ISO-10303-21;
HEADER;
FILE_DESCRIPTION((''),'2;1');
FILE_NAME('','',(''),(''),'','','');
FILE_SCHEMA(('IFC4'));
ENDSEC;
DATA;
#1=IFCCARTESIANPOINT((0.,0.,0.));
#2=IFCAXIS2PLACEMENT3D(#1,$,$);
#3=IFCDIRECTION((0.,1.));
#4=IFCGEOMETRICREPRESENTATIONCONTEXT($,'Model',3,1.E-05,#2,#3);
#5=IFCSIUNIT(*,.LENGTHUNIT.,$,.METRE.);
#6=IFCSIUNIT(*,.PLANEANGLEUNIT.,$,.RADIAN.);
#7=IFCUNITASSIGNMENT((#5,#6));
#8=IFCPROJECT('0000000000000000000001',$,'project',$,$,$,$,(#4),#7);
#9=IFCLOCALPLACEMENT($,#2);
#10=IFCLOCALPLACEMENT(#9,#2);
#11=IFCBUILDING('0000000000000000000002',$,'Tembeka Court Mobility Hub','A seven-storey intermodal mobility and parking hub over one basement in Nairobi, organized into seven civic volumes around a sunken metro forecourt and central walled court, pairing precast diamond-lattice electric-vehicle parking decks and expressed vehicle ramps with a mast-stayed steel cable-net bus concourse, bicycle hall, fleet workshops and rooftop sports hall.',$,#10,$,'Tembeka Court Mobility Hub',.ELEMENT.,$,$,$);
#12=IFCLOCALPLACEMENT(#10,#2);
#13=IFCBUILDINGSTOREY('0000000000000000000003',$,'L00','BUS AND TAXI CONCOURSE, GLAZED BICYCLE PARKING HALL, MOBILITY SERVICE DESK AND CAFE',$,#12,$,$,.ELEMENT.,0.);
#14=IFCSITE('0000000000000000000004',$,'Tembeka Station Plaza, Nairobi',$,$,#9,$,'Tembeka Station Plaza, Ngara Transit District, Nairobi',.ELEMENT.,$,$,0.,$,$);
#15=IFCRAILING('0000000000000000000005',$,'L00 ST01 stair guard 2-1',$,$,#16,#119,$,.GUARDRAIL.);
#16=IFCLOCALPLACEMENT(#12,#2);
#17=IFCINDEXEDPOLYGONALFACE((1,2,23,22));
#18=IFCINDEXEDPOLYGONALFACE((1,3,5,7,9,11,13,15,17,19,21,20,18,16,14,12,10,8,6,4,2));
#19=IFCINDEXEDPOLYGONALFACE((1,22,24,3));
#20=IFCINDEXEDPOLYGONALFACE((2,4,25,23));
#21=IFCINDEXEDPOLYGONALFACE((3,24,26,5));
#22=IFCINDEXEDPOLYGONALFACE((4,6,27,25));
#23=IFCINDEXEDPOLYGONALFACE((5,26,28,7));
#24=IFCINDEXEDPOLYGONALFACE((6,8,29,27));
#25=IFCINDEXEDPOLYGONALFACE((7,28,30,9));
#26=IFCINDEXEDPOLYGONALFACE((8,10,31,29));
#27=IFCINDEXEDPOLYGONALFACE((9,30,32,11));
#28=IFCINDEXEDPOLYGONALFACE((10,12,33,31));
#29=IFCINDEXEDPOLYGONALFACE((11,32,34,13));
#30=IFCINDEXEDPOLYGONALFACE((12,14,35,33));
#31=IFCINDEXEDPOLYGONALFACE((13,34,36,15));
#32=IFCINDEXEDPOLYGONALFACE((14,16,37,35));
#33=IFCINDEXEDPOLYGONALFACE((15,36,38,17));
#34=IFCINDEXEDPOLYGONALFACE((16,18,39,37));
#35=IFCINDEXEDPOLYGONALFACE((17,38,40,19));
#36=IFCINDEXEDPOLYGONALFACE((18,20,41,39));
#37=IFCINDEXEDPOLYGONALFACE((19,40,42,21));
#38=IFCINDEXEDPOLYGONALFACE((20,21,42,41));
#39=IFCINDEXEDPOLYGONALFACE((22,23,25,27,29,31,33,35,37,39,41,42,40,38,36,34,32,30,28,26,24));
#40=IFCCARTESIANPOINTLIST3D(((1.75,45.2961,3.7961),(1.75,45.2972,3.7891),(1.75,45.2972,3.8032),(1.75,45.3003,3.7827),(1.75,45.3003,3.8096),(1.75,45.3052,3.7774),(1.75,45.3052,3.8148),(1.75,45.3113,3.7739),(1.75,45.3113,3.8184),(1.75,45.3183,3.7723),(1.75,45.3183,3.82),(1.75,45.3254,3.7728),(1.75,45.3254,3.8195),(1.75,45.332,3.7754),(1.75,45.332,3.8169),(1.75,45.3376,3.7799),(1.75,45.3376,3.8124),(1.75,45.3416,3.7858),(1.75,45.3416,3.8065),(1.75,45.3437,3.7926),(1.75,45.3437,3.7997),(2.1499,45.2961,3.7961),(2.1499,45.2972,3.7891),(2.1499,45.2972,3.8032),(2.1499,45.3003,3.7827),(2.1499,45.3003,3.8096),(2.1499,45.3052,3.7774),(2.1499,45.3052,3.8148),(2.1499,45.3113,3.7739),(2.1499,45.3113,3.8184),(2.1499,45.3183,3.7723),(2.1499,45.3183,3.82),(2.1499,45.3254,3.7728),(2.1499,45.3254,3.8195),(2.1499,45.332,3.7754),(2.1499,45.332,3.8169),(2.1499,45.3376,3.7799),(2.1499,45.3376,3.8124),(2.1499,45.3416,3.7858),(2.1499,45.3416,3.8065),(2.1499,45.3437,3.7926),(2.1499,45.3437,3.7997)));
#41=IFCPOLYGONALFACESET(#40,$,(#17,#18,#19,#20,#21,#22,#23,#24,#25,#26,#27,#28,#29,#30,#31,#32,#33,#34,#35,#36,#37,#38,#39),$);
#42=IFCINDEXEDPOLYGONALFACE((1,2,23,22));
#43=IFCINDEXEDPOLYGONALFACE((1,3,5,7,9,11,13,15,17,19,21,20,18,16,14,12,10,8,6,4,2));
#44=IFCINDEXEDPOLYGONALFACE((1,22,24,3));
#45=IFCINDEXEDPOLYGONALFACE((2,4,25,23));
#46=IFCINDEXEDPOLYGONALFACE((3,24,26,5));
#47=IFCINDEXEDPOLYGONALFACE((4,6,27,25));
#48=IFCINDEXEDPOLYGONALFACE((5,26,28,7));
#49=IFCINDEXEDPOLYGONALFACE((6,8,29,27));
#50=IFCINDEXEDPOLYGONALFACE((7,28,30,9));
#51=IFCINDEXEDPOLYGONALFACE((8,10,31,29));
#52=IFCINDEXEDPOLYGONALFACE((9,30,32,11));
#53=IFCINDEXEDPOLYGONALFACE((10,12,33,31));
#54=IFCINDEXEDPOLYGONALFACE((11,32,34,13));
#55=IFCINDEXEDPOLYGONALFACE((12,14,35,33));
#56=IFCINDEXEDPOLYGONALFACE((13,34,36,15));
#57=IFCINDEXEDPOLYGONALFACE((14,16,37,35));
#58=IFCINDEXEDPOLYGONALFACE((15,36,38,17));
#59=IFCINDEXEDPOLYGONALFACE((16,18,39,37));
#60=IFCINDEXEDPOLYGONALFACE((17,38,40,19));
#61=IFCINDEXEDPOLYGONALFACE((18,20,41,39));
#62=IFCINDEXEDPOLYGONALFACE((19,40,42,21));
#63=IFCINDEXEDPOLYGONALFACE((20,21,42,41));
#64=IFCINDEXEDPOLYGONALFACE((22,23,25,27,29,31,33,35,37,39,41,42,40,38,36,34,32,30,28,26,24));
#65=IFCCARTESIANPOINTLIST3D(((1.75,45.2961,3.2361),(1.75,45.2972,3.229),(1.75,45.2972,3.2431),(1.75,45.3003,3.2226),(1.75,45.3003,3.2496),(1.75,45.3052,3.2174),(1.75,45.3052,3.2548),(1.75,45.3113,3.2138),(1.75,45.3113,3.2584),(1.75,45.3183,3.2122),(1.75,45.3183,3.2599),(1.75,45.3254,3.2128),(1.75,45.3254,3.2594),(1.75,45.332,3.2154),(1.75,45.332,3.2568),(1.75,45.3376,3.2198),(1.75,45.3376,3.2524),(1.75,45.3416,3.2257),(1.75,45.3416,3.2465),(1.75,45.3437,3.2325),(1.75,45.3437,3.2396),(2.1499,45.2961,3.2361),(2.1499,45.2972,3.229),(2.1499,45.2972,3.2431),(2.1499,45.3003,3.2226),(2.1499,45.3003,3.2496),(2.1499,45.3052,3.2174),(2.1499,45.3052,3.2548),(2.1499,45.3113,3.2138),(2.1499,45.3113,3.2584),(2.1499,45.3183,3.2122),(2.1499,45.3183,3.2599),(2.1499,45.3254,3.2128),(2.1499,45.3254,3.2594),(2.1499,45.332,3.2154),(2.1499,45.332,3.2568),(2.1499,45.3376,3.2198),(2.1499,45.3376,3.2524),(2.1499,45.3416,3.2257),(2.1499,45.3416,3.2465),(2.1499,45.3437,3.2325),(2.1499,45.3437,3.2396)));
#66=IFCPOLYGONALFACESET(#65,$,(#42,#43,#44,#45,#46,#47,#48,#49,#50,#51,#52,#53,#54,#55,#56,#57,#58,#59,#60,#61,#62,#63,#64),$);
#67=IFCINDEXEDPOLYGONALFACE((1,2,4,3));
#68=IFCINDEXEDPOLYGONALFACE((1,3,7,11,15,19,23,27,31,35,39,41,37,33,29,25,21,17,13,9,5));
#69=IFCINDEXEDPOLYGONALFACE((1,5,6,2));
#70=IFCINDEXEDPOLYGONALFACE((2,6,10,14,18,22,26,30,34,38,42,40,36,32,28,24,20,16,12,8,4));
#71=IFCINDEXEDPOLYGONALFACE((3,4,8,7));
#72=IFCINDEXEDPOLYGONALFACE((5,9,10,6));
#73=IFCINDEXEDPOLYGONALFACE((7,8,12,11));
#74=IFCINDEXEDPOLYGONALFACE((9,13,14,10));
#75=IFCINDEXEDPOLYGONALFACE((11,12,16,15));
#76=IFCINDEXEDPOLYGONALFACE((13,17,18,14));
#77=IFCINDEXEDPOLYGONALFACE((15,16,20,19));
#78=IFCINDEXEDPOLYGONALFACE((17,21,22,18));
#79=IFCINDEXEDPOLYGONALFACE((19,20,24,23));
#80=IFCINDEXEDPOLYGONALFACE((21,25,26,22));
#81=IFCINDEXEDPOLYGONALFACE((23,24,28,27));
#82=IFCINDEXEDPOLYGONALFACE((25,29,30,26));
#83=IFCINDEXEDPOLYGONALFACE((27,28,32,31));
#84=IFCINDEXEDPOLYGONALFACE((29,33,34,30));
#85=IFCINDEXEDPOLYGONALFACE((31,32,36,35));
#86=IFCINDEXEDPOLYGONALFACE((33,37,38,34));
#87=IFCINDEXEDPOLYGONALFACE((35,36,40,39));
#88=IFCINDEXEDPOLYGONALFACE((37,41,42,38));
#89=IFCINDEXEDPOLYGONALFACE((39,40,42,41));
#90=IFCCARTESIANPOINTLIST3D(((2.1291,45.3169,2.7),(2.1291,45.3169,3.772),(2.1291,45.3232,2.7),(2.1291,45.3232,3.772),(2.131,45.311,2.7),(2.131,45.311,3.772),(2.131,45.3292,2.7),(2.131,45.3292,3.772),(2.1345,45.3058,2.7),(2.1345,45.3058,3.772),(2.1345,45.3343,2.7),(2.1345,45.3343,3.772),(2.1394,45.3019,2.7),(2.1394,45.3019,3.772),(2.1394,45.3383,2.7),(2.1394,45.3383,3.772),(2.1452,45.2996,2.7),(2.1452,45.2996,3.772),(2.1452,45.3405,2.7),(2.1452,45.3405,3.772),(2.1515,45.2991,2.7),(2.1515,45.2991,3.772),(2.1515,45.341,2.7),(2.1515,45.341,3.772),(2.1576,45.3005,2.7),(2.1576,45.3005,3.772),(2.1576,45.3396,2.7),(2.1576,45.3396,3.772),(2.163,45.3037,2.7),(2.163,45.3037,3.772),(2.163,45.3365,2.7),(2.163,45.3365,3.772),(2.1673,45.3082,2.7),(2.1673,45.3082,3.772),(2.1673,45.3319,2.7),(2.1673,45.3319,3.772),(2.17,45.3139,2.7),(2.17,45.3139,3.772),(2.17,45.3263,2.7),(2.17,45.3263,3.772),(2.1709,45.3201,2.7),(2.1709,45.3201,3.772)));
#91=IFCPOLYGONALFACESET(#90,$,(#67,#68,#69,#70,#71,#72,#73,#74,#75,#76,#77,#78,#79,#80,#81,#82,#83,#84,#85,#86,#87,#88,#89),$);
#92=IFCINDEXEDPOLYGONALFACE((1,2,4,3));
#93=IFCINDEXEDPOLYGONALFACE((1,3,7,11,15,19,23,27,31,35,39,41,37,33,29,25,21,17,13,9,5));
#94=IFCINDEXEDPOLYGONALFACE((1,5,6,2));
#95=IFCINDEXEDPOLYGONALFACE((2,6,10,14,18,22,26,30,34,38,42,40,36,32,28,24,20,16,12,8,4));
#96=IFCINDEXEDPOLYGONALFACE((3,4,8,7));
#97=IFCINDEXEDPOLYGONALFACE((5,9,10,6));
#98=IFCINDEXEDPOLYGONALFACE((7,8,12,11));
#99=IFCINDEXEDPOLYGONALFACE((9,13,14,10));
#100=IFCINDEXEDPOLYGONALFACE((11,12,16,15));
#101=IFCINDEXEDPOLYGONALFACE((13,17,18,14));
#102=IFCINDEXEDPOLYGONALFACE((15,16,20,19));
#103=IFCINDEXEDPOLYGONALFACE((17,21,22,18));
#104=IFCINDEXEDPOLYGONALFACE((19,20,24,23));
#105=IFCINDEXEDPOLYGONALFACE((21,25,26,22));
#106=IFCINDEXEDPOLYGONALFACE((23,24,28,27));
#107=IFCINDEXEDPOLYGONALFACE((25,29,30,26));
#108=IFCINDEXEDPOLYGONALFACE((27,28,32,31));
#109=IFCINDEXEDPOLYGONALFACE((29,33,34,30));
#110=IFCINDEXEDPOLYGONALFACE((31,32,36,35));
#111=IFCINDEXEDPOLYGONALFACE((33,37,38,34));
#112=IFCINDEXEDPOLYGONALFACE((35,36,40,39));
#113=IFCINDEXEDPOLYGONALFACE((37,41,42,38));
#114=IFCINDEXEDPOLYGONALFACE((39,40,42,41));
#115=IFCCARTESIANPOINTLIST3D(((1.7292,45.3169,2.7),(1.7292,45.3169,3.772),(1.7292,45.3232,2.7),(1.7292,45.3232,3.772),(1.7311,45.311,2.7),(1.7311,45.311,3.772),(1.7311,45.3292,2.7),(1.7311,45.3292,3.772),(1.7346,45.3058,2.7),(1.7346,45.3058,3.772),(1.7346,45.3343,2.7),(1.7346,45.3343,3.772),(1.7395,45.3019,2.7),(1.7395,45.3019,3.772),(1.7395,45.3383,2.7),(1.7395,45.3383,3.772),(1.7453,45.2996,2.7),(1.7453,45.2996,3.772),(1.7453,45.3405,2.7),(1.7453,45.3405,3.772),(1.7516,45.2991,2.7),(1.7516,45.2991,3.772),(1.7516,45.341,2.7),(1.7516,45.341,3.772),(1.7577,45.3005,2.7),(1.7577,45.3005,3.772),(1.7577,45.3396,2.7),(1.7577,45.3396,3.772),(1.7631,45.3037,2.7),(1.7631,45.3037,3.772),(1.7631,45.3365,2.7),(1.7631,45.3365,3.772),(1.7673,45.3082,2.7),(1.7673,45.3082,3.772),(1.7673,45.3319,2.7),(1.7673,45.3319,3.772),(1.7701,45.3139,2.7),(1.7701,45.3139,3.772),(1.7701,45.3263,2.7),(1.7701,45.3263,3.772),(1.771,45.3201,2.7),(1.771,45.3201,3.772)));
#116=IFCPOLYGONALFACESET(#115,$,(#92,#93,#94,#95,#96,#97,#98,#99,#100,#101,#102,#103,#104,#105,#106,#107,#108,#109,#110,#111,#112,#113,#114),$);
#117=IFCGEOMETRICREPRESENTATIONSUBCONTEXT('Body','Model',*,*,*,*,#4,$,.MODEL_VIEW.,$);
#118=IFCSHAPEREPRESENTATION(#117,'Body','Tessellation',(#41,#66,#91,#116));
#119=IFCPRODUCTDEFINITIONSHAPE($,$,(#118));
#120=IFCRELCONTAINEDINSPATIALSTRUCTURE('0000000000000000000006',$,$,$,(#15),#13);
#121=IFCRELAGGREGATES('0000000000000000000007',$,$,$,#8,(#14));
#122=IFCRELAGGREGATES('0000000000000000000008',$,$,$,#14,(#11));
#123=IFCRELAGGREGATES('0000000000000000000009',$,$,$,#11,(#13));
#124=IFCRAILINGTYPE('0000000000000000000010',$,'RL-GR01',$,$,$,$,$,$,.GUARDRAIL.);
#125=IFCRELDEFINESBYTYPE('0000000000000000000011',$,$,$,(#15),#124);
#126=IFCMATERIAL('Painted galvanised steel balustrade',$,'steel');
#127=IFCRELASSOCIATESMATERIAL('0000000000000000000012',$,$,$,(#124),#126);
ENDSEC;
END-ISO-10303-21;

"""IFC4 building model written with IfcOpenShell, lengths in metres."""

from ifc_helpers import new_model, si_unit, direction, frame, origin, origin_2d, place, context, subcontext, project, spatial, circle, extrude, material, type_object, element, save


model = new_model("IFC4")

# Units and contexts
model_context = context("Model", 3, precision=1e-05, world=origin(), true_north=direction((0.0, 1.0)))
body_context = subcontext(model_context, "Body", "Model", "MODEL_VIEW")
ifc_project = project(units=[si_unit("LENGTHUNIT", "METRE"), si_unit("PLANEANGLEUNIT", "RADIAN")], contexts=[model_context])

# Site, building, storey
site_placement = place(None, origin())
site = spatial("IfcSite", under=ifc_project, at=site_placement, Name="Tembeka Station Plaza, Nairobi", LongName="Tembeka Station Plaza, Ngara Transit District, Nairobi", CompositionType="ELEMENT", RefElevation=0.0)
building_placement = place(site_placement, origin())
building = spatial("IfcBuilding", under=site, at=building_placement, Name="Tembeka Court Mobility Hub", Description="A seven-storey intermodal mobility and parking hub over one basement in Nairobi, organized into seven civic volumes around a sunken metro forecourt and central walled court, pairing precast diamond-lattice electric-vehicle parking decks and expressed vehicle ramps with a mast-stayed steel cable-net bus concourse, bicycle hall, fleet workshops and rooftop sports hall.", LongName="Tembeka Court Mobility Hub", CompositionType="ELEMENT")
storey_placement = place(building_placement, origin())
storey = spatial("IfcBuildingStorey", under=building, at=storey_placement, Name="L00", Description="BUS AND TAXI CONCOURSE, GLAZED BICYCLE PARKING HALL, MOBILITY SERVICE DESK AND CAFE", CompositionType="ELEMENT", Elevation=0.0)

# Railing
ifc_material_1 = material(Name="Painted galvanised steel balustrade", Category="steel")
railing_type = type_object("IfcRailingType", Name="RL-GR01", PredefinedType="GUARDRAIL", material=ifc_material_1)
railing_1_placement = place(storey_placement, frame((2.1499, 45.3201, 2.7)))
element("IfcRailing", 1, at=railing_1_placement, inside=storey, type_object=railing_type, Name="L00 ST01 stair guard 2-1", PredefinedType="GUARDRAIL", context=body_context, shape_type="SweptSolid", body=[
    extrude(circle(Radius=0.0239, at=origin_2d()), frame((0.0, 0.0, 1.0962), z_axis=(-1.0, 0.0, 0.0), x_axis=(0.0, -1.0, 0.0)), (0.0, 0.0, 1.0), 0.3999),
    extrude(circle(Radius=0.0239, at=origin_2d()), frame((0.0, 0.0, 0.5361), z_axis=(-1.0, 0.0, 0.0), x_axis=(0.0, -1.0, 0.0)), (0.0, 0.0, 1.0), 0.3999),
    extrude(circle(Radius=0.021, at=origin_2d()), origin(), (0.0, 0.0, 1.0), 1.072),
    extrude(circle(Radius=0.021, at=origin_2d()), frame((-0.3999, 0.0, 0.0)), (0.0, 0.0, 1.0), 1.072),
])

save(model, "model.ifc")
